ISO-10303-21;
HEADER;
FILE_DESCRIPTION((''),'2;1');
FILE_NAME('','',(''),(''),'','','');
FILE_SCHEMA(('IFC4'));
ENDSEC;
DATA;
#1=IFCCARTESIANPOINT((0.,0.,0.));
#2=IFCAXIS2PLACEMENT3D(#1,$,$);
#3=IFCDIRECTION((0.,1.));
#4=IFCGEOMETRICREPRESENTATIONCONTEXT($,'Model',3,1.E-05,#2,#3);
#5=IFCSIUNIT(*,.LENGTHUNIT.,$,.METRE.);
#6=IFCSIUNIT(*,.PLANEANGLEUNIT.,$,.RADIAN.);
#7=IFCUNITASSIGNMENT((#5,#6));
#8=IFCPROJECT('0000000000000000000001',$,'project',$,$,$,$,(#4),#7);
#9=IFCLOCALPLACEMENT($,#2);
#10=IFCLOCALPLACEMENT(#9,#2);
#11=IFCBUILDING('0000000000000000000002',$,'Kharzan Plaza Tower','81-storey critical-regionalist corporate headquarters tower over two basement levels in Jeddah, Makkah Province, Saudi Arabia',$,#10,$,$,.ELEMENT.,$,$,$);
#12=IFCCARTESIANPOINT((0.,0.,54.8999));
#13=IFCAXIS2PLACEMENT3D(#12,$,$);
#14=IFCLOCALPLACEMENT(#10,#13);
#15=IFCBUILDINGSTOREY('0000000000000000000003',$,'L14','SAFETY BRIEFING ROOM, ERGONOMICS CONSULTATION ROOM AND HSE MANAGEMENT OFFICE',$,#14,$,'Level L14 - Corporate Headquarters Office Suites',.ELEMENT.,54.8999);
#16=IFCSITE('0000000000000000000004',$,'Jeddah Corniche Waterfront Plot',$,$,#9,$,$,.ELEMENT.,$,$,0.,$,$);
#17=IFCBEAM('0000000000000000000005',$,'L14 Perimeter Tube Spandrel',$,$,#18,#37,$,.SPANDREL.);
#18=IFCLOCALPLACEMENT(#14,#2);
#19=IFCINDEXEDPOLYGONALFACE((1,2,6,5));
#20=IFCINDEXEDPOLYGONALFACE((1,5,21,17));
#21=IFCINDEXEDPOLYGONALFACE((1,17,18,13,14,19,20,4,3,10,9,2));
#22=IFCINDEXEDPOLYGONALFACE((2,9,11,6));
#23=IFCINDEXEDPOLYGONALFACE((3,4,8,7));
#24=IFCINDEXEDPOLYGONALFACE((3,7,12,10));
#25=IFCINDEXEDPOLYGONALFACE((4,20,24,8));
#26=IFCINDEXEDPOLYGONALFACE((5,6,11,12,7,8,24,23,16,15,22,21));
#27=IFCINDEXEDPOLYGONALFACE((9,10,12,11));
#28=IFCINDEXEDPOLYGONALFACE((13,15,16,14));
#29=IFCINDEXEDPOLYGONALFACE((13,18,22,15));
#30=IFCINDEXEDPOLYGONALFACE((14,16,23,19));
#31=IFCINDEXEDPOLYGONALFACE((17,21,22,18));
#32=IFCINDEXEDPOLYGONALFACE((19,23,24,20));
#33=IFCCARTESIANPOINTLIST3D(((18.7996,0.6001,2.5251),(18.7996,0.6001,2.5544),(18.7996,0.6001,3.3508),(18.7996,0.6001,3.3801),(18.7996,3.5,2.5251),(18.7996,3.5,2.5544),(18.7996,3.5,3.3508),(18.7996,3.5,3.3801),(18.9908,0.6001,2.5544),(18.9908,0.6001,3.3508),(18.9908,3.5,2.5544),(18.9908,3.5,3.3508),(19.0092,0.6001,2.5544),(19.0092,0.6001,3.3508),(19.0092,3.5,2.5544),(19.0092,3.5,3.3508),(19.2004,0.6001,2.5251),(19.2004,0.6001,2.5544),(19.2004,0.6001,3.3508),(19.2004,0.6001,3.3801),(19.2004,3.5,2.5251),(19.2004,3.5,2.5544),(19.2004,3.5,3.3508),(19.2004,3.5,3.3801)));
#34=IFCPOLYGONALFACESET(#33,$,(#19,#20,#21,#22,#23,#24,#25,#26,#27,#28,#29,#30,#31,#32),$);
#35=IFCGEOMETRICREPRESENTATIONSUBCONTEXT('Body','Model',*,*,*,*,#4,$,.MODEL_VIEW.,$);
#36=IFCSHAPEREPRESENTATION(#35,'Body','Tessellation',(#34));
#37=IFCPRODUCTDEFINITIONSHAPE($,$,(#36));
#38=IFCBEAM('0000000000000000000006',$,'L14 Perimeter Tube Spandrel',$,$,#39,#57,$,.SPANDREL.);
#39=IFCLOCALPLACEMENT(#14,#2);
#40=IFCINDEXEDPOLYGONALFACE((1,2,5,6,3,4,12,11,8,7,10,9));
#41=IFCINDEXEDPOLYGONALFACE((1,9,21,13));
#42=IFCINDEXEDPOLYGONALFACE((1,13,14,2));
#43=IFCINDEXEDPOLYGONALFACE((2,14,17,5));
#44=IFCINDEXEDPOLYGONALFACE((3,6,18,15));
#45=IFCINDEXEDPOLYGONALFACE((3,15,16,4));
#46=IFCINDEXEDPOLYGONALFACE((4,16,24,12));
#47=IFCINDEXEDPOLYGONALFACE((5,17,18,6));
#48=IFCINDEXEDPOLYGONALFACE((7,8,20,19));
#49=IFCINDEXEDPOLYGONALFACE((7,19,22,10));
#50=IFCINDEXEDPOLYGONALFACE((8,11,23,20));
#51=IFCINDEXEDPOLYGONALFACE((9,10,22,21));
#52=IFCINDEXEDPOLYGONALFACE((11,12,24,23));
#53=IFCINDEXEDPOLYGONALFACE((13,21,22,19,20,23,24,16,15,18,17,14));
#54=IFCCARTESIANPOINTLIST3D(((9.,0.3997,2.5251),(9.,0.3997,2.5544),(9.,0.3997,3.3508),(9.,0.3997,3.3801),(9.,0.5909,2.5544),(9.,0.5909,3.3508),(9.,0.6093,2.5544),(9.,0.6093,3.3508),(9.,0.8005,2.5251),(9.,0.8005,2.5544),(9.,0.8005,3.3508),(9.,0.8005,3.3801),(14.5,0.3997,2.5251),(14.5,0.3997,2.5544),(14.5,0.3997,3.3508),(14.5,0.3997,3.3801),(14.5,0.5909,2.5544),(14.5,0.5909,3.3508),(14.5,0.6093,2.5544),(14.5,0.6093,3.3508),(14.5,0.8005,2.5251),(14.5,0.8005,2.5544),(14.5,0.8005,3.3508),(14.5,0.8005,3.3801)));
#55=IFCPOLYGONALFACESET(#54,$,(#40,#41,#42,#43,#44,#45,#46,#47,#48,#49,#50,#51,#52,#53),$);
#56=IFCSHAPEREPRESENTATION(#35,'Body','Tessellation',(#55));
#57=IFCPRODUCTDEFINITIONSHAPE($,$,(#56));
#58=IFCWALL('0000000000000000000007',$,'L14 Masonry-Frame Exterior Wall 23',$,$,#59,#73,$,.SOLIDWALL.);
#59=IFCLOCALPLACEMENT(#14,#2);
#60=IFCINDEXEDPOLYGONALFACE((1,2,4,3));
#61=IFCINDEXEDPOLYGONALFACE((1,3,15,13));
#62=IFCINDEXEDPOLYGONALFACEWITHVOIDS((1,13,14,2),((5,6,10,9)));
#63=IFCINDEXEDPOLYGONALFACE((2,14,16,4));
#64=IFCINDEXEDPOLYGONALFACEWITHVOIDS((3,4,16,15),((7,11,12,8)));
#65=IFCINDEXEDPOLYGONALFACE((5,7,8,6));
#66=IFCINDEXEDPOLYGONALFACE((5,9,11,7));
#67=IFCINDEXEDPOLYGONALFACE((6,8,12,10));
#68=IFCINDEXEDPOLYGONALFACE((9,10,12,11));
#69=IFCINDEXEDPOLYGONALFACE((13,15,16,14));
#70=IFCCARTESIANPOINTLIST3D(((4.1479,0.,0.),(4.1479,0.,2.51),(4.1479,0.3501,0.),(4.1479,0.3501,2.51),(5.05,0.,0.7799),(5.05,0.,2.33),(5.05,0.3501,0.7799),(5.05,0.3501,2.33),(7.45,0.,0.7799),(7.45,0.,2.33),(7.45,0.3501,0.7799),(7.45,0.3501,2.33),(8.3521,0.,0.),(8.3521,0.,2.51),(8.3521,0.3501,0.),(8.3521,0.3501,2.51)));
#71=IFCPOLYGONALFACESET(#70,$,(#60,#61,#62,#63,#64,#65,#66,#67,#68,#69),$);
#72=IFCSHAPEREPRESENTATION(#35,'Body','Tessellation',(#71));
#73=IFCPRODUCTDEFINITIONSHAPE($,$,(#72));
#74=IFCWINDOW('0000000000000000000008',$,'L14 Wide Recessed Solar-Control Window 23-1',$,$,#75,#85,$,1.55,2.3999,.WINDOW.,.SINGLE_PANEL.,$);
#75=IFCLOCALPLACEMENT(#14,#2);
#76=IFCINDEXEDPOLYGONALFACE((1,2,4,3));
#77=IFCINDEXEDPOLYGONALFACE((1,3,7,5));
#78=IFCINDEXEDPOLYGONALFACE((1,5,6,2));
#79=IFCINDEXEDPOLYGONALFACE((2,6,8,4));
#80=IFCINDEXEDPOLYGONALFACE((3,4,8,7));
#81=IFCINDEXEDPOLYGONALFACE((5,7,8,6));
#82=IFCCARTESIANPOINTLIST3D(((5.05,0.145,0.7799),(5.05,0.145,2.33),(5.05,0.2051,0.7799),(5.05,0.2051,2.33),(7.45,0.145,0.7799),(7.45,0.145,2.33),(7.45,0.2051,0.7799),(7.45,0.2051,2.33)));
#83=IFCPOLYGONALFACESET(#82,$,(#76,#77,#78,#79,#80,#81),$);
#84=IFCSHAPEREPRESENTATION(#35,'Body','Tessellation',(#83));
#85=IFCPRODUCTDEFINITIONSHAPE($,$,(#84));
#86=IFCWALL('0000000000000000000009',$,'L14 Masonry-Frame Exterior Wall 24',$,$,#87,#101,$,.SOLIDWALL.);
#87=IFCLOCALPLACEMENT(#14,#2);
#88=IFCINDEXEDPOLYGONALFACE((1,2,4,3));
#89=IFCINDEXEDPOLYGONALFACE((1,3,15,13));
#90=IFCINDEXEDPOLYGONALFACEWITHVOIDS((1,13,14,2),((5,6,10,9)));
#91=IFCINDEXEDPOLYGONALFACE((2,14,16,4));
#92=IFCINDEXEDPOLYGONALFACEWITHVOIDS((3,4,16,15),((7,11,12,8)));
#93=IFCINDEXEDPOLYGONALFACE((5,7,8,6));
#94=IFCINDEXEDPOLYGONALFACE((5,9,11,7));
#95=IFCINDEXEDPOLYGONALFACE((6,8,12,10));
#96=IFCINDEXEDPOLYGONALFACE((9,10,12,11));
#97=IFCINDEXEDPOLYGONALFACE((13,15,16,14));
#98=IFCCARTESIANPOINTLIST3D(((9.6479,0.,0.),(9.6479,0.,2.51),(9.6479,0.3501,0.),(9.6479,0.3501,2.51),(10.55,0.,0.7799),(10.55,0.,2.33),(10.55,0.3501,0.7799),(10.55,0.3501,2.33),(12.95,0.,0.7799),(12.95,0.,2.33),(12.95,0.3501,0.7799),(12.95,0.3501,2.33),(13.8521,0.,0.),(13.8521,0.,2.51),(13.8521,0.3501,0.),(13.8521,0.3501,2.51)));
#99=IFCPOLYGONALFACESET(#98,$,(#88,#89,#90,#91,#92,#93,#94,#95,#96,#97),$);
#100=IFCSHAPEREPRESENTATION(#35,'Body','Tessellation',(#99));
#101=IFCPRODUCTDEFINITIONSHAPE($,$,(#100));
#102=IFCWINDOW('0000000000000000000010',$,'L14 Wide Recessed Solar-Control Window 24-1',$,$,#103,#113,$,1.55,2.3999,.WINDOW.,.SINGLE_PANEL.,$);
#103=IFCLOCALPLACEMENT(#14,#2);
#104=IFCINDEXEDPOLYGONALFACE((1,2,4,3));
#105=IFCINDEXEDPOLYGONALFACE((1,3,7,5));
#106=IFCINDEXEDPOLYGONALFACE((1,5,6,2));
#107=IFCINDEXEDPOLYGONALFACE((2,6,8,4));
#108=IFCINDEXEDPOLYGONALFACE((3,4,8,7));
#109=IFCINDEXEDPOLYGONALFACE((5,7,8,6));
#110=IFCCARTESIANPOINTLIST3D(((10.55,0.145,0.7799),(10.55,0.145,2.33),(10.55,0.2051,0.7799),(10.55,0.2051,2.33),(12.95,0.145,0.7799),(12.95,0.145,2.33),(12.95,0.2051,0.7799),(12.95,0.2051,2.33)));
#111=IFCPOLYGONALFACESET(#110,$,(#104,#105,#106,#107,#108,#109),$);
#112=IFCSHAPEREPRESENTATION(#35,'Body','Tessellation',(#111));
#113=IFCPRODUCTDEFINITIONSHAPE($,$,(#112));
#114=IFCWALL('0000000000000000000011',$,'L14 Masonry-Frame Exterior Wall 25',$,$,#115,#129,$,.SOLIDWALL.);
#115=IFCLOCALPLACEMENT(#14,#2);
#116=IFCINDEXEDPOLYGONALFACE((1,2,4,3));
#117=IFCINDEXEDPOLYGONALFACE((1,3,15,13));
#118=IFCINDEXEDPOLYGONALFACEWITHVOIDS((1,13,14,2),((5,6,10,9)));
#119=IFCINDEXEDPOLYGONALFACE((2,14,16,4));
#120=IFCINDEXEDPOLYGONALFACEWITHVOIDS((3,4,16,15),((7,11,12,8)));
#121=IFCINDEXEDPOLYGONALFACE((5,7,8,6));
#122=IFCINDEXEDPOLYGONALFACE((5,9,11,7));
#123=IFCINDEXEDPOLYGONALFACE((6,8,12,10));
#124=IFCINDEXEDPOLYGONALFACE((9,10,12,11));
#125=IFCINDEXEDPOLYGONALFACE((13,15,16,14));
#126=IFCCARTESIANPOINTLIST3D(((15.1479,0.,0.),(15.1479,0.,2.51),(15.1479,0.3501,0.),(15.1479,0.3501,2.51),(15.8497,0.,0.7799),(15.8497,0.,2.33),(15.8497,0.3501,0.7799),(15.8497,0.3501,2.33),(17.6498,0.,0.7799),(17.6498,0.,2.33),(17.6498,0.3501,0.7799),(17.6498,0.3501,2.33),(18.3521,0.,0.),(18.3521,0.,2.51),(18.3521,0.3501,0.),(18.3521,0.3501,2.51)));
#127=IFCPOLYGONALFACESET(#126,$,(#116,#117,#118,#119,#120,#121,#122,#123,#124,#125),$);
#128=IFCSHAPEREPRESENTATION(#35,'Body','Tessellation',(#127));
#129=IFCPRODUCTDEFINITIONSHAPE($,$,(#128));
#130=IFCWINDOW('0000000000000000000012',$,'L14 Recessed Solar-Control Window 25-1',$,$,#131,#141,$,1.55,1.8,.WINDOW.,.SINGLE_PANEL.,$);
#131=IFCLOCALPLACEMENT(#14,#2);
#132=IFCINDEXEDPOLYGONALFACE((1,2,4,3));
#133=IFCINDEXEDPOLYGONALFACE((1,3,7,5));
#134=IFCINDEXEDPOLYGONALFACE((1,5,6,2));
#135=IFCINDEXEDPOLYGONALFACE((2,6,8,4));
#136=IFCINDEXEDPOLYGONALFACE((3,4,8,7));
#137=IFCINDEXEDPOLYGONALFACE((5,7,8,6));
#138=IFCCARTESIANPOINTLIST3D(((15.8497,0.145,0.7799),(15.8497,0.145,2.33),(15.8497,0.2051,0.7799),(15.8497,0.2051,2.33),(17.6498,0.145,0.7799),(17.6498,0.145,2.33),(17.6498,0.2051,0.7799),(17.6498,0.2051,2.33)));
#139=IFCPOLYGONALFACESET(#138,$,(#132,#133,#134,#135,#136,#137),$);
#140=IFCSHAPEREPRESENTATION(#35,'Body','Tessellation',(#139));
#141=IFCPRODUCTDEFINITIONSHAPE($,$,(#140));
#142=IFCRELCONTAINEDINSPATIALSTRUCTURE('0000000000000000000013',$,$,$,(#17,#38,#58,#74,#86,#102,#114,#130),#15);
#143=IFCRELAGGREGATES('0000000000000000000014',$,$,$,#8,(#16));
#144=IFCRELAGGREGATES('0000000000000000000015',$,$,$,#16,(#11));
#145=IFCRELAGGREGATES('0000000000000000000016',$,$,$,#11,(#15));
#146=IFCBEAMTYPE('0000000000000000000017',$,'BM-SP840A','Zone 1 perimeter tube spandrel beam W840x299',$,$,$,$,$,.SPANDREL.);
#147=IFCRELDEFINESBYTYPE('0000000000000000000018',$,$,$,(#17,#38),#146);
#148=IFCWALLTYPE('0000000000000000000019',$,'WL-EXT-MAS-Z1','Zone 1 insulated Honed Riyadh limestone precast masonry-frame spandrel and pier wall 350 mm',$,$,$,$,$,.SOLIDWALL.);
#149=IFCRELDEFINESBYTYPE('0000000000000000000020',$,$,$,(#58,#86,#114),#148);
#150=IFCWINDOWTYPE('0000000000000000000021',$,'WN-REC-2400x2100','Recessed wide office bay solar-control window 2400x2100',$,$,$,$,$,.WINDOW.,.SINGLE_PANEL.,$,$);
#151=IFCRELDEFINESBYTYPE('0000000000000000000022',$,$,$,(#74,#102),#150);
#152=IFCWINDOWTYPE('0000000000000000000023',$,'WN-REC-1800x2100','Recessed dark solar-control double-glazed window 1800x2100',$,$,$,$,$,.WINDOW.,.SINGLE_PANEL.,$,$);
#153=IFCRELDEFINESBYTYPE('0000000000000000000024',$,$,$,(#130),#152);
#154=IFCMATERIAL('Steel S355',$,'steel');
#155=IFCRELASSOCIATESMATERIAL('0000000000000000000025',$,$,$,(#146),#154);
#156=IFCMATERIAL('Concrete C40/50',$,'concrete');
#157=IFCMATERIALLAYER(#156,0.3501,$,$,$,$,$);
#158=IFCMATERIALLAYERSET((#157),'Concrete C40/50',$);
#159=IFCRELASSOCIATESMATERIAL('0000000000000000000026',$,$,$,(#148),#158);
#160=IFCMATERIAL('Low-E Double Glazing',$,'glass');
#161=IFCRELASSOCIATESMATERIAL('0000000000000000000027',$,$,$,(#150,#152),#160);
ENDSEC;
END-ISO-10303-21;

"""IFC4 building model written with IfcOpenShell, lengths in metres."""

from ifc_helpers import new_model, si_unit, direction, frame, frame_2d, origin, origin_2d, place, context, subcontext, project, spatial, rectangle, i_section, extrude, source, transform, mapped, material, layer, layer_set, material_profile, profile_set, type_object, element, fill, save


model = new_model("IFC4")

# Units and contexts
model_context = context("Model", 3, precision=1e-05, world=origin(), true_north=direction((0.0, 1.0)))
body_context = subcontext(model_context, "Body", "Model", "MODEL_VIEW")
ifc_project = project(units=[si_unit("LENGTHUNIT", "METRE"), si_unit("PLANEANGLEUNIT", "RADIAN")], contexts=[model_context])

# Site, building, storey
site_placement = place(None, origin())
site = spatial("IfcSite", under=ifc_project, at=site_placement, Name="Jeddah Corniche Waterfront Plot", CompositionType="ELEMENT", RefElevation=0.0)
building_placement = place(site_placement, origin())
building = spatial("IfcBuilding", under=site, at=building_placement, Name="Kharzan Plaza Tower", Description="81-storey critical-regionalist corporate headquarters tower over two basement levels in Jeddah, Makkah Province, Saudi Arabia", CompositionType="ELEMENT")
storey_placement = place(building_placement, frame((0.0, 0.0, 54.8999)))
storey = spatial("IfcBuildingStorey", under=building, at=storey_placement, Name="L14", Description="SAFETY BRIEFING ROOM, ERGONOMICS CONSULTATION ROOM AND HSE MANAGEMENT OFFICE", LongName="Level L14 - Corporate Headquarters Office Suites", CompositionType="ELEMENT", Elevation=54.8999)

# Beams
ifc_material_1 = material(Name="Steel S355", Category="steel")
ifc_material_profile_1 = material_profile(ifc_material_1, i_section(OverallWidth=0.4009, OverallDepth=0.855, WebThickness=0.0183, FlangeThickness=0.0293, at=origin_2d()), Name="W840x299")
ifc_profile_set_1 = profile_set([ifc_material_profile_1], Name="Steel S355")
beam_type_1 = type_object("IfcBeamType", Name="BM-SP840A", Description="Zone 1 perimeter tube spandrel beam W840x299", PredefinedType="SPANDREL", material=ifc_profile_set_1)
shared_shape_1 = source(origin(), body_context, "Body", "SweptSolid", [
    extrude(i_section(OverallWidth=0.4009, OverallDepth=0.855, WebThickness=0.0183, FlangeThickness=0.0293, at=origin_2d()), origin(), (0.0, 0.0, 1.0), 2.8999),
])
beam_1_placement = place(storey_placement, frame((19.0, 0.6001, 2.9526), z_axis=(0.0, 1.0, 0.0), x_axis=(-1.0, 0.0, 0.0)))
element("IfcBeam", 1, at=beam_1_placement, inside=storey, type_object=beam_type_1, Name="L14 Perimeter Tube Spandrel", PredefinedType="SPANDREL", context=body_context, shape_type="MappedRepresentation", body=[
    mapped(shared_shape_1, transform((0.0, 0.0, 0.0), x_axis=(1.0, 0.0, 0.0), y_axis=(0.0, 1.0, 0.0), z_axis=(0.0, 0.0, 1.0))),
])
shared_shape_2 = source(origin(), body_context, "Body", "SweptSolid", [
    extrude(i_section(OverallWidth=0.4009, OverallDepth=0.855, WebThickness=0.0183, FlangeThickness=0.0293, at=origin_2d()), origin(), (0.0, 0.0, 1.0), 5.5),
])
beam_2_placement = place(storey_placement, frame((9.0, 0.6001, 2.9526), z_axis=(1.0, 0.0, 0.0), x_axis=(0.0, 1.0, 0.0)))
element("IfcBeam", 2, at=beam_2_placement, inside=storey, type_object=beam_type_1, Name="L14 Perimeter Tube Spandrel", PredefinedType="SPANDREL", context=body_context, shape_type="MappedRepresentation", body=[
    mapped(shared_shape_2, transform((0.0, 0.0, 0.0), x_axis=(1.0, 0.0, 0.0), y_axis=(0.0, 1.0, 0.0), z_axis=(0.0, 0.0, 1.0))),
])

# Walls, openings, windows
ifc_material_2 = material(Name="Concrete C40/50", Category="concrete")
ifc_layer_1 = layer(ifc_material_2, 0.3501)
ifc_layer_set_1 = layer_set([ifc_layer_1], Name="Concrete C40/50")
wall_type_1 = type_object("IfcWallType", Name="WL-EXT-MAS-Z1", Description="Zone 1 insulated Honed Riyadh limestone precast masonry-frame spandrel and pier wall 350 mm", PredefinedType="SOLIDWALL", material=ifc_layer_set_1)
wall_1_placement = place(storey_placement, frame((4.1479, 0.175, 0.0), z_axis=(0.0, 0.0, 1.0), x_axis=(1.0, 0.0, 0.0)))
wall_1 = element("IfcWall", 3, at=wall_1_placement, inside=storey, type_object=wall_type_1, Name="L14 Masonry-Frame Exterior Wall 23", PredefinedType="SOLIDWALL", context=body_context, shape_type="SweptSolid", body=[
    extrude(rectangle(XDim=4.2041, YDim=0.3501, at=frame_2d((2.1021, 0.0))), origin(), (0.0, 0.0, 1.0), 2.51),
])
opening_1_placement = place(wall_1_placement, frame((0.9021, 0.0, 0.78)))
opening_1 = element("IfcOpeningElement", 4, at=opening_1_placement, cuts=wall_1, PredefinedType="OPENING", context=body_context, shape_type="SweptSolid", body=[
    extrude(rectangle(XDim=2.3999, YDim=1.55, at=frame_2d((1.2, 0.7749))), frame((0.0, 0.1851, 0.0), z_axis=(0.0, -1.0, 0.0), x_axis=(1.0, 0.0, 0.0)), (0.0, 0.0, 1.0), 0.3701),
])
ifc_material_3 = material(Name="Low-E Double Glazing", Category="glass")
window_type_1 = type_object("IfcWindowType", Name="WN-REC-2400x2100", Description="Recessed wide office bay solar-control window 2400x2100", PartitioningType="SINGLE_PANEL", PredefinedType="WINDOW", material=ifc_material_3)
shared_shape_3 = source(origin(), body_context, "Body", "SweptSolid", [
    extrude(rectangle(XDim=2.3999, YDim=1.55, at=frame_2d((1.2, 0.7749))), frame((0.0, 0.03, 0.0), z_axis=(0.0, -1.0, 0.0), x_axis=(1.0, 0.0, 0.0)), (0.0, 0.0, 1.0), 0.0601),
])
window_1_placement = place(opening_1_placement, origin())
window_1 = element("IfcWindow", 5, at=window_1_placement, inside=storey, type_object=window_type_1, Name="L14 Wide Recessed Solar-Control Window 23-1", OverallHeight=1.55, OverallWidth=2.3999, PartitioningType="SINGLE_PANEL", PredefinedType="WINDOW", context=body_context, shape_type="MappedRepresentation", body=[
    mapped(shared_shape_3, transform((0.0, 0.0, 0.0), x_axis=(1.0, 0.0, 0.0), y_axis=(0.0, 1.0, 0.0), z_axis=(0.0, 0.0, 1.0))),
])
fill(opening_1, window_1)
wall_2_placement = place(storey_placement, frame((9.6479, 0.175, 0.0), z_axis=(0.0, 0.0, 1.0), x_axis=(1.0, 0.0, 0.0)))
wall_2 = element("IfcWall", 6, at=wall_2_placement, inside=storey, type_object=wall_type_1, Name="L14 Masonry-Frame Exterior Wall 24", PredefinedType="SOLIDWALL", context=body_context, shape_type="SweptSolid", body=[
    extrude(rectangle(XDim=4.2041, YDim=0.3501, at=frame_2d((2.1021, 0.0))), origin(), (0.0, 0.0, 1.0), 2.51),
])
opening_2_placement = place(wall_2_placement, frame((0.9021, 0.0, 0.78)))
opening_2 = element("IfcOpeningElement", 7, at=opening_2_placement, cuts=wall_2, PredefinedType="OPENING", context=body_context, shape_type="SweptSolid", body=[
    extrude(rectangle(XDim=2.3999, YDim=1.55, at=frame_2d((1.2, 0.7749))), frame((0.0, 0.1851, 0.0), z_axis=(0.0, -1.0, 0.0), x_axis=(1.0, 0.0, 0.0)), (0.0, 0.0, 1.0), 0.3701),
])
window_2_placement = place(opening_2_placement, origin())
window_2 = element("IfcWindow", 8, at=window_2_placement, inside=storey, type_object=window_type_1, Name="L14 Wide Recessed Solar-Control Window 24-1", OverallHeight=1.55, OverallWidth=2.3999, PartitioningType="SINGLE_PANEL", PredefinedType="WINDOW", context=body_context, shape_type="MappedRepresentation", body=[
    mapped(shared_shape_3, transform((0.0, 0.0, 0.0), x_axis=(1.0, 0.0, 0.0), y_axis=(0.0, 1.0, 0.0), z_axis=(0.0, 0.0, 1.0))),
])
fill(opening_2, window_2)
wall_3_placement = place(storey_placement, frame((15.1479, 0.175, 0.0), z_axis=(0.0, 0.0, 1.0), x_axis=(1.0, 0.0, 0.0)))
wall_3 = element("IfcWall", 9, at=wall_3_placement, inside=storey, type_object=wall_type_1, Name="L14 Masonry-Frame Exterior Wall 25", PredefinedType="SOLIDWALL", context=body_context, shape_type="SweptSolid", body=[
    extrude(rectangle(XDim=3.2041, YDim=0.3501, at=frame_2d((1.6021, 0.0))), origin(), (0.0, 0.0, 1.0), 2.51),
])
opening_3_placement = place(wall_3_placement, frame((0.7019, 0.0, 0.78)))
opening_3 = element("IfcOpeningElement", 10, at=opening_3_placement, cuts=wall_3, PredefinedType="OPENING", context=body_context, shape_type="SweptSolid", body=[
    extrude(rectangle(XDim=1.8, YDim=1.55, at=frame_2d((0.8999, 0.7749))), frame((0.0, 0.1851, 0.0), z_axis=(0.0, -1.0, 0.0), x_axis=(1.0, 0.0, 0.0)), (0.0, 0.0, 1.0), 0.3701),
])
window_type_2 = type_object("IfcWindowType", Name="WN-REC-1800x2100", Description="Recessed dark solar-control double-glazed window 1800x2100", PartitioningType="SINGLE_PANEL", PredefinedType="WINDOW", material=ifc_material_3)
shared_shape_4 = source(origin(), body_context, "Body", "SweptSolid", [
    extrude(rectangle(XDim=1.8, YDim=1.55, at=frame_2d((0.8999, 0.7749))), frame((0.0, 0.03, 0.0), z_axis=(0.0, -1.0, 0.0), x_axis=(1.0, 0.0, 0.0)), (0.0, 0.0, 1.0), 0.0601),
])
window_3_placement = place(opening_3_placement, origin())
window_3 = element("IfcWindow", 11, at=window_3_placement, inside=storey, type_object=window_type_2, Name="L14 Recessed Solar-Control Window 25-1", OverallHeight=1.55, OverallWidth=1.8, PartitioningType="SINGLE_PANEL", PredefinedType="WINDOW", context=body_context, shape_type="MappedRepresentation", body=[
    mapped(shared_shape_4, transform((0.0, 0.0, 0.0), x_axis=(1.0, 0.0, 0.0), y_axis=(0.0, 1.0, 0.0), z_axis=(0.0, 0.0, 1.0))),
])
fill(opening_3, window_3)

save(model, "model.ifc")
